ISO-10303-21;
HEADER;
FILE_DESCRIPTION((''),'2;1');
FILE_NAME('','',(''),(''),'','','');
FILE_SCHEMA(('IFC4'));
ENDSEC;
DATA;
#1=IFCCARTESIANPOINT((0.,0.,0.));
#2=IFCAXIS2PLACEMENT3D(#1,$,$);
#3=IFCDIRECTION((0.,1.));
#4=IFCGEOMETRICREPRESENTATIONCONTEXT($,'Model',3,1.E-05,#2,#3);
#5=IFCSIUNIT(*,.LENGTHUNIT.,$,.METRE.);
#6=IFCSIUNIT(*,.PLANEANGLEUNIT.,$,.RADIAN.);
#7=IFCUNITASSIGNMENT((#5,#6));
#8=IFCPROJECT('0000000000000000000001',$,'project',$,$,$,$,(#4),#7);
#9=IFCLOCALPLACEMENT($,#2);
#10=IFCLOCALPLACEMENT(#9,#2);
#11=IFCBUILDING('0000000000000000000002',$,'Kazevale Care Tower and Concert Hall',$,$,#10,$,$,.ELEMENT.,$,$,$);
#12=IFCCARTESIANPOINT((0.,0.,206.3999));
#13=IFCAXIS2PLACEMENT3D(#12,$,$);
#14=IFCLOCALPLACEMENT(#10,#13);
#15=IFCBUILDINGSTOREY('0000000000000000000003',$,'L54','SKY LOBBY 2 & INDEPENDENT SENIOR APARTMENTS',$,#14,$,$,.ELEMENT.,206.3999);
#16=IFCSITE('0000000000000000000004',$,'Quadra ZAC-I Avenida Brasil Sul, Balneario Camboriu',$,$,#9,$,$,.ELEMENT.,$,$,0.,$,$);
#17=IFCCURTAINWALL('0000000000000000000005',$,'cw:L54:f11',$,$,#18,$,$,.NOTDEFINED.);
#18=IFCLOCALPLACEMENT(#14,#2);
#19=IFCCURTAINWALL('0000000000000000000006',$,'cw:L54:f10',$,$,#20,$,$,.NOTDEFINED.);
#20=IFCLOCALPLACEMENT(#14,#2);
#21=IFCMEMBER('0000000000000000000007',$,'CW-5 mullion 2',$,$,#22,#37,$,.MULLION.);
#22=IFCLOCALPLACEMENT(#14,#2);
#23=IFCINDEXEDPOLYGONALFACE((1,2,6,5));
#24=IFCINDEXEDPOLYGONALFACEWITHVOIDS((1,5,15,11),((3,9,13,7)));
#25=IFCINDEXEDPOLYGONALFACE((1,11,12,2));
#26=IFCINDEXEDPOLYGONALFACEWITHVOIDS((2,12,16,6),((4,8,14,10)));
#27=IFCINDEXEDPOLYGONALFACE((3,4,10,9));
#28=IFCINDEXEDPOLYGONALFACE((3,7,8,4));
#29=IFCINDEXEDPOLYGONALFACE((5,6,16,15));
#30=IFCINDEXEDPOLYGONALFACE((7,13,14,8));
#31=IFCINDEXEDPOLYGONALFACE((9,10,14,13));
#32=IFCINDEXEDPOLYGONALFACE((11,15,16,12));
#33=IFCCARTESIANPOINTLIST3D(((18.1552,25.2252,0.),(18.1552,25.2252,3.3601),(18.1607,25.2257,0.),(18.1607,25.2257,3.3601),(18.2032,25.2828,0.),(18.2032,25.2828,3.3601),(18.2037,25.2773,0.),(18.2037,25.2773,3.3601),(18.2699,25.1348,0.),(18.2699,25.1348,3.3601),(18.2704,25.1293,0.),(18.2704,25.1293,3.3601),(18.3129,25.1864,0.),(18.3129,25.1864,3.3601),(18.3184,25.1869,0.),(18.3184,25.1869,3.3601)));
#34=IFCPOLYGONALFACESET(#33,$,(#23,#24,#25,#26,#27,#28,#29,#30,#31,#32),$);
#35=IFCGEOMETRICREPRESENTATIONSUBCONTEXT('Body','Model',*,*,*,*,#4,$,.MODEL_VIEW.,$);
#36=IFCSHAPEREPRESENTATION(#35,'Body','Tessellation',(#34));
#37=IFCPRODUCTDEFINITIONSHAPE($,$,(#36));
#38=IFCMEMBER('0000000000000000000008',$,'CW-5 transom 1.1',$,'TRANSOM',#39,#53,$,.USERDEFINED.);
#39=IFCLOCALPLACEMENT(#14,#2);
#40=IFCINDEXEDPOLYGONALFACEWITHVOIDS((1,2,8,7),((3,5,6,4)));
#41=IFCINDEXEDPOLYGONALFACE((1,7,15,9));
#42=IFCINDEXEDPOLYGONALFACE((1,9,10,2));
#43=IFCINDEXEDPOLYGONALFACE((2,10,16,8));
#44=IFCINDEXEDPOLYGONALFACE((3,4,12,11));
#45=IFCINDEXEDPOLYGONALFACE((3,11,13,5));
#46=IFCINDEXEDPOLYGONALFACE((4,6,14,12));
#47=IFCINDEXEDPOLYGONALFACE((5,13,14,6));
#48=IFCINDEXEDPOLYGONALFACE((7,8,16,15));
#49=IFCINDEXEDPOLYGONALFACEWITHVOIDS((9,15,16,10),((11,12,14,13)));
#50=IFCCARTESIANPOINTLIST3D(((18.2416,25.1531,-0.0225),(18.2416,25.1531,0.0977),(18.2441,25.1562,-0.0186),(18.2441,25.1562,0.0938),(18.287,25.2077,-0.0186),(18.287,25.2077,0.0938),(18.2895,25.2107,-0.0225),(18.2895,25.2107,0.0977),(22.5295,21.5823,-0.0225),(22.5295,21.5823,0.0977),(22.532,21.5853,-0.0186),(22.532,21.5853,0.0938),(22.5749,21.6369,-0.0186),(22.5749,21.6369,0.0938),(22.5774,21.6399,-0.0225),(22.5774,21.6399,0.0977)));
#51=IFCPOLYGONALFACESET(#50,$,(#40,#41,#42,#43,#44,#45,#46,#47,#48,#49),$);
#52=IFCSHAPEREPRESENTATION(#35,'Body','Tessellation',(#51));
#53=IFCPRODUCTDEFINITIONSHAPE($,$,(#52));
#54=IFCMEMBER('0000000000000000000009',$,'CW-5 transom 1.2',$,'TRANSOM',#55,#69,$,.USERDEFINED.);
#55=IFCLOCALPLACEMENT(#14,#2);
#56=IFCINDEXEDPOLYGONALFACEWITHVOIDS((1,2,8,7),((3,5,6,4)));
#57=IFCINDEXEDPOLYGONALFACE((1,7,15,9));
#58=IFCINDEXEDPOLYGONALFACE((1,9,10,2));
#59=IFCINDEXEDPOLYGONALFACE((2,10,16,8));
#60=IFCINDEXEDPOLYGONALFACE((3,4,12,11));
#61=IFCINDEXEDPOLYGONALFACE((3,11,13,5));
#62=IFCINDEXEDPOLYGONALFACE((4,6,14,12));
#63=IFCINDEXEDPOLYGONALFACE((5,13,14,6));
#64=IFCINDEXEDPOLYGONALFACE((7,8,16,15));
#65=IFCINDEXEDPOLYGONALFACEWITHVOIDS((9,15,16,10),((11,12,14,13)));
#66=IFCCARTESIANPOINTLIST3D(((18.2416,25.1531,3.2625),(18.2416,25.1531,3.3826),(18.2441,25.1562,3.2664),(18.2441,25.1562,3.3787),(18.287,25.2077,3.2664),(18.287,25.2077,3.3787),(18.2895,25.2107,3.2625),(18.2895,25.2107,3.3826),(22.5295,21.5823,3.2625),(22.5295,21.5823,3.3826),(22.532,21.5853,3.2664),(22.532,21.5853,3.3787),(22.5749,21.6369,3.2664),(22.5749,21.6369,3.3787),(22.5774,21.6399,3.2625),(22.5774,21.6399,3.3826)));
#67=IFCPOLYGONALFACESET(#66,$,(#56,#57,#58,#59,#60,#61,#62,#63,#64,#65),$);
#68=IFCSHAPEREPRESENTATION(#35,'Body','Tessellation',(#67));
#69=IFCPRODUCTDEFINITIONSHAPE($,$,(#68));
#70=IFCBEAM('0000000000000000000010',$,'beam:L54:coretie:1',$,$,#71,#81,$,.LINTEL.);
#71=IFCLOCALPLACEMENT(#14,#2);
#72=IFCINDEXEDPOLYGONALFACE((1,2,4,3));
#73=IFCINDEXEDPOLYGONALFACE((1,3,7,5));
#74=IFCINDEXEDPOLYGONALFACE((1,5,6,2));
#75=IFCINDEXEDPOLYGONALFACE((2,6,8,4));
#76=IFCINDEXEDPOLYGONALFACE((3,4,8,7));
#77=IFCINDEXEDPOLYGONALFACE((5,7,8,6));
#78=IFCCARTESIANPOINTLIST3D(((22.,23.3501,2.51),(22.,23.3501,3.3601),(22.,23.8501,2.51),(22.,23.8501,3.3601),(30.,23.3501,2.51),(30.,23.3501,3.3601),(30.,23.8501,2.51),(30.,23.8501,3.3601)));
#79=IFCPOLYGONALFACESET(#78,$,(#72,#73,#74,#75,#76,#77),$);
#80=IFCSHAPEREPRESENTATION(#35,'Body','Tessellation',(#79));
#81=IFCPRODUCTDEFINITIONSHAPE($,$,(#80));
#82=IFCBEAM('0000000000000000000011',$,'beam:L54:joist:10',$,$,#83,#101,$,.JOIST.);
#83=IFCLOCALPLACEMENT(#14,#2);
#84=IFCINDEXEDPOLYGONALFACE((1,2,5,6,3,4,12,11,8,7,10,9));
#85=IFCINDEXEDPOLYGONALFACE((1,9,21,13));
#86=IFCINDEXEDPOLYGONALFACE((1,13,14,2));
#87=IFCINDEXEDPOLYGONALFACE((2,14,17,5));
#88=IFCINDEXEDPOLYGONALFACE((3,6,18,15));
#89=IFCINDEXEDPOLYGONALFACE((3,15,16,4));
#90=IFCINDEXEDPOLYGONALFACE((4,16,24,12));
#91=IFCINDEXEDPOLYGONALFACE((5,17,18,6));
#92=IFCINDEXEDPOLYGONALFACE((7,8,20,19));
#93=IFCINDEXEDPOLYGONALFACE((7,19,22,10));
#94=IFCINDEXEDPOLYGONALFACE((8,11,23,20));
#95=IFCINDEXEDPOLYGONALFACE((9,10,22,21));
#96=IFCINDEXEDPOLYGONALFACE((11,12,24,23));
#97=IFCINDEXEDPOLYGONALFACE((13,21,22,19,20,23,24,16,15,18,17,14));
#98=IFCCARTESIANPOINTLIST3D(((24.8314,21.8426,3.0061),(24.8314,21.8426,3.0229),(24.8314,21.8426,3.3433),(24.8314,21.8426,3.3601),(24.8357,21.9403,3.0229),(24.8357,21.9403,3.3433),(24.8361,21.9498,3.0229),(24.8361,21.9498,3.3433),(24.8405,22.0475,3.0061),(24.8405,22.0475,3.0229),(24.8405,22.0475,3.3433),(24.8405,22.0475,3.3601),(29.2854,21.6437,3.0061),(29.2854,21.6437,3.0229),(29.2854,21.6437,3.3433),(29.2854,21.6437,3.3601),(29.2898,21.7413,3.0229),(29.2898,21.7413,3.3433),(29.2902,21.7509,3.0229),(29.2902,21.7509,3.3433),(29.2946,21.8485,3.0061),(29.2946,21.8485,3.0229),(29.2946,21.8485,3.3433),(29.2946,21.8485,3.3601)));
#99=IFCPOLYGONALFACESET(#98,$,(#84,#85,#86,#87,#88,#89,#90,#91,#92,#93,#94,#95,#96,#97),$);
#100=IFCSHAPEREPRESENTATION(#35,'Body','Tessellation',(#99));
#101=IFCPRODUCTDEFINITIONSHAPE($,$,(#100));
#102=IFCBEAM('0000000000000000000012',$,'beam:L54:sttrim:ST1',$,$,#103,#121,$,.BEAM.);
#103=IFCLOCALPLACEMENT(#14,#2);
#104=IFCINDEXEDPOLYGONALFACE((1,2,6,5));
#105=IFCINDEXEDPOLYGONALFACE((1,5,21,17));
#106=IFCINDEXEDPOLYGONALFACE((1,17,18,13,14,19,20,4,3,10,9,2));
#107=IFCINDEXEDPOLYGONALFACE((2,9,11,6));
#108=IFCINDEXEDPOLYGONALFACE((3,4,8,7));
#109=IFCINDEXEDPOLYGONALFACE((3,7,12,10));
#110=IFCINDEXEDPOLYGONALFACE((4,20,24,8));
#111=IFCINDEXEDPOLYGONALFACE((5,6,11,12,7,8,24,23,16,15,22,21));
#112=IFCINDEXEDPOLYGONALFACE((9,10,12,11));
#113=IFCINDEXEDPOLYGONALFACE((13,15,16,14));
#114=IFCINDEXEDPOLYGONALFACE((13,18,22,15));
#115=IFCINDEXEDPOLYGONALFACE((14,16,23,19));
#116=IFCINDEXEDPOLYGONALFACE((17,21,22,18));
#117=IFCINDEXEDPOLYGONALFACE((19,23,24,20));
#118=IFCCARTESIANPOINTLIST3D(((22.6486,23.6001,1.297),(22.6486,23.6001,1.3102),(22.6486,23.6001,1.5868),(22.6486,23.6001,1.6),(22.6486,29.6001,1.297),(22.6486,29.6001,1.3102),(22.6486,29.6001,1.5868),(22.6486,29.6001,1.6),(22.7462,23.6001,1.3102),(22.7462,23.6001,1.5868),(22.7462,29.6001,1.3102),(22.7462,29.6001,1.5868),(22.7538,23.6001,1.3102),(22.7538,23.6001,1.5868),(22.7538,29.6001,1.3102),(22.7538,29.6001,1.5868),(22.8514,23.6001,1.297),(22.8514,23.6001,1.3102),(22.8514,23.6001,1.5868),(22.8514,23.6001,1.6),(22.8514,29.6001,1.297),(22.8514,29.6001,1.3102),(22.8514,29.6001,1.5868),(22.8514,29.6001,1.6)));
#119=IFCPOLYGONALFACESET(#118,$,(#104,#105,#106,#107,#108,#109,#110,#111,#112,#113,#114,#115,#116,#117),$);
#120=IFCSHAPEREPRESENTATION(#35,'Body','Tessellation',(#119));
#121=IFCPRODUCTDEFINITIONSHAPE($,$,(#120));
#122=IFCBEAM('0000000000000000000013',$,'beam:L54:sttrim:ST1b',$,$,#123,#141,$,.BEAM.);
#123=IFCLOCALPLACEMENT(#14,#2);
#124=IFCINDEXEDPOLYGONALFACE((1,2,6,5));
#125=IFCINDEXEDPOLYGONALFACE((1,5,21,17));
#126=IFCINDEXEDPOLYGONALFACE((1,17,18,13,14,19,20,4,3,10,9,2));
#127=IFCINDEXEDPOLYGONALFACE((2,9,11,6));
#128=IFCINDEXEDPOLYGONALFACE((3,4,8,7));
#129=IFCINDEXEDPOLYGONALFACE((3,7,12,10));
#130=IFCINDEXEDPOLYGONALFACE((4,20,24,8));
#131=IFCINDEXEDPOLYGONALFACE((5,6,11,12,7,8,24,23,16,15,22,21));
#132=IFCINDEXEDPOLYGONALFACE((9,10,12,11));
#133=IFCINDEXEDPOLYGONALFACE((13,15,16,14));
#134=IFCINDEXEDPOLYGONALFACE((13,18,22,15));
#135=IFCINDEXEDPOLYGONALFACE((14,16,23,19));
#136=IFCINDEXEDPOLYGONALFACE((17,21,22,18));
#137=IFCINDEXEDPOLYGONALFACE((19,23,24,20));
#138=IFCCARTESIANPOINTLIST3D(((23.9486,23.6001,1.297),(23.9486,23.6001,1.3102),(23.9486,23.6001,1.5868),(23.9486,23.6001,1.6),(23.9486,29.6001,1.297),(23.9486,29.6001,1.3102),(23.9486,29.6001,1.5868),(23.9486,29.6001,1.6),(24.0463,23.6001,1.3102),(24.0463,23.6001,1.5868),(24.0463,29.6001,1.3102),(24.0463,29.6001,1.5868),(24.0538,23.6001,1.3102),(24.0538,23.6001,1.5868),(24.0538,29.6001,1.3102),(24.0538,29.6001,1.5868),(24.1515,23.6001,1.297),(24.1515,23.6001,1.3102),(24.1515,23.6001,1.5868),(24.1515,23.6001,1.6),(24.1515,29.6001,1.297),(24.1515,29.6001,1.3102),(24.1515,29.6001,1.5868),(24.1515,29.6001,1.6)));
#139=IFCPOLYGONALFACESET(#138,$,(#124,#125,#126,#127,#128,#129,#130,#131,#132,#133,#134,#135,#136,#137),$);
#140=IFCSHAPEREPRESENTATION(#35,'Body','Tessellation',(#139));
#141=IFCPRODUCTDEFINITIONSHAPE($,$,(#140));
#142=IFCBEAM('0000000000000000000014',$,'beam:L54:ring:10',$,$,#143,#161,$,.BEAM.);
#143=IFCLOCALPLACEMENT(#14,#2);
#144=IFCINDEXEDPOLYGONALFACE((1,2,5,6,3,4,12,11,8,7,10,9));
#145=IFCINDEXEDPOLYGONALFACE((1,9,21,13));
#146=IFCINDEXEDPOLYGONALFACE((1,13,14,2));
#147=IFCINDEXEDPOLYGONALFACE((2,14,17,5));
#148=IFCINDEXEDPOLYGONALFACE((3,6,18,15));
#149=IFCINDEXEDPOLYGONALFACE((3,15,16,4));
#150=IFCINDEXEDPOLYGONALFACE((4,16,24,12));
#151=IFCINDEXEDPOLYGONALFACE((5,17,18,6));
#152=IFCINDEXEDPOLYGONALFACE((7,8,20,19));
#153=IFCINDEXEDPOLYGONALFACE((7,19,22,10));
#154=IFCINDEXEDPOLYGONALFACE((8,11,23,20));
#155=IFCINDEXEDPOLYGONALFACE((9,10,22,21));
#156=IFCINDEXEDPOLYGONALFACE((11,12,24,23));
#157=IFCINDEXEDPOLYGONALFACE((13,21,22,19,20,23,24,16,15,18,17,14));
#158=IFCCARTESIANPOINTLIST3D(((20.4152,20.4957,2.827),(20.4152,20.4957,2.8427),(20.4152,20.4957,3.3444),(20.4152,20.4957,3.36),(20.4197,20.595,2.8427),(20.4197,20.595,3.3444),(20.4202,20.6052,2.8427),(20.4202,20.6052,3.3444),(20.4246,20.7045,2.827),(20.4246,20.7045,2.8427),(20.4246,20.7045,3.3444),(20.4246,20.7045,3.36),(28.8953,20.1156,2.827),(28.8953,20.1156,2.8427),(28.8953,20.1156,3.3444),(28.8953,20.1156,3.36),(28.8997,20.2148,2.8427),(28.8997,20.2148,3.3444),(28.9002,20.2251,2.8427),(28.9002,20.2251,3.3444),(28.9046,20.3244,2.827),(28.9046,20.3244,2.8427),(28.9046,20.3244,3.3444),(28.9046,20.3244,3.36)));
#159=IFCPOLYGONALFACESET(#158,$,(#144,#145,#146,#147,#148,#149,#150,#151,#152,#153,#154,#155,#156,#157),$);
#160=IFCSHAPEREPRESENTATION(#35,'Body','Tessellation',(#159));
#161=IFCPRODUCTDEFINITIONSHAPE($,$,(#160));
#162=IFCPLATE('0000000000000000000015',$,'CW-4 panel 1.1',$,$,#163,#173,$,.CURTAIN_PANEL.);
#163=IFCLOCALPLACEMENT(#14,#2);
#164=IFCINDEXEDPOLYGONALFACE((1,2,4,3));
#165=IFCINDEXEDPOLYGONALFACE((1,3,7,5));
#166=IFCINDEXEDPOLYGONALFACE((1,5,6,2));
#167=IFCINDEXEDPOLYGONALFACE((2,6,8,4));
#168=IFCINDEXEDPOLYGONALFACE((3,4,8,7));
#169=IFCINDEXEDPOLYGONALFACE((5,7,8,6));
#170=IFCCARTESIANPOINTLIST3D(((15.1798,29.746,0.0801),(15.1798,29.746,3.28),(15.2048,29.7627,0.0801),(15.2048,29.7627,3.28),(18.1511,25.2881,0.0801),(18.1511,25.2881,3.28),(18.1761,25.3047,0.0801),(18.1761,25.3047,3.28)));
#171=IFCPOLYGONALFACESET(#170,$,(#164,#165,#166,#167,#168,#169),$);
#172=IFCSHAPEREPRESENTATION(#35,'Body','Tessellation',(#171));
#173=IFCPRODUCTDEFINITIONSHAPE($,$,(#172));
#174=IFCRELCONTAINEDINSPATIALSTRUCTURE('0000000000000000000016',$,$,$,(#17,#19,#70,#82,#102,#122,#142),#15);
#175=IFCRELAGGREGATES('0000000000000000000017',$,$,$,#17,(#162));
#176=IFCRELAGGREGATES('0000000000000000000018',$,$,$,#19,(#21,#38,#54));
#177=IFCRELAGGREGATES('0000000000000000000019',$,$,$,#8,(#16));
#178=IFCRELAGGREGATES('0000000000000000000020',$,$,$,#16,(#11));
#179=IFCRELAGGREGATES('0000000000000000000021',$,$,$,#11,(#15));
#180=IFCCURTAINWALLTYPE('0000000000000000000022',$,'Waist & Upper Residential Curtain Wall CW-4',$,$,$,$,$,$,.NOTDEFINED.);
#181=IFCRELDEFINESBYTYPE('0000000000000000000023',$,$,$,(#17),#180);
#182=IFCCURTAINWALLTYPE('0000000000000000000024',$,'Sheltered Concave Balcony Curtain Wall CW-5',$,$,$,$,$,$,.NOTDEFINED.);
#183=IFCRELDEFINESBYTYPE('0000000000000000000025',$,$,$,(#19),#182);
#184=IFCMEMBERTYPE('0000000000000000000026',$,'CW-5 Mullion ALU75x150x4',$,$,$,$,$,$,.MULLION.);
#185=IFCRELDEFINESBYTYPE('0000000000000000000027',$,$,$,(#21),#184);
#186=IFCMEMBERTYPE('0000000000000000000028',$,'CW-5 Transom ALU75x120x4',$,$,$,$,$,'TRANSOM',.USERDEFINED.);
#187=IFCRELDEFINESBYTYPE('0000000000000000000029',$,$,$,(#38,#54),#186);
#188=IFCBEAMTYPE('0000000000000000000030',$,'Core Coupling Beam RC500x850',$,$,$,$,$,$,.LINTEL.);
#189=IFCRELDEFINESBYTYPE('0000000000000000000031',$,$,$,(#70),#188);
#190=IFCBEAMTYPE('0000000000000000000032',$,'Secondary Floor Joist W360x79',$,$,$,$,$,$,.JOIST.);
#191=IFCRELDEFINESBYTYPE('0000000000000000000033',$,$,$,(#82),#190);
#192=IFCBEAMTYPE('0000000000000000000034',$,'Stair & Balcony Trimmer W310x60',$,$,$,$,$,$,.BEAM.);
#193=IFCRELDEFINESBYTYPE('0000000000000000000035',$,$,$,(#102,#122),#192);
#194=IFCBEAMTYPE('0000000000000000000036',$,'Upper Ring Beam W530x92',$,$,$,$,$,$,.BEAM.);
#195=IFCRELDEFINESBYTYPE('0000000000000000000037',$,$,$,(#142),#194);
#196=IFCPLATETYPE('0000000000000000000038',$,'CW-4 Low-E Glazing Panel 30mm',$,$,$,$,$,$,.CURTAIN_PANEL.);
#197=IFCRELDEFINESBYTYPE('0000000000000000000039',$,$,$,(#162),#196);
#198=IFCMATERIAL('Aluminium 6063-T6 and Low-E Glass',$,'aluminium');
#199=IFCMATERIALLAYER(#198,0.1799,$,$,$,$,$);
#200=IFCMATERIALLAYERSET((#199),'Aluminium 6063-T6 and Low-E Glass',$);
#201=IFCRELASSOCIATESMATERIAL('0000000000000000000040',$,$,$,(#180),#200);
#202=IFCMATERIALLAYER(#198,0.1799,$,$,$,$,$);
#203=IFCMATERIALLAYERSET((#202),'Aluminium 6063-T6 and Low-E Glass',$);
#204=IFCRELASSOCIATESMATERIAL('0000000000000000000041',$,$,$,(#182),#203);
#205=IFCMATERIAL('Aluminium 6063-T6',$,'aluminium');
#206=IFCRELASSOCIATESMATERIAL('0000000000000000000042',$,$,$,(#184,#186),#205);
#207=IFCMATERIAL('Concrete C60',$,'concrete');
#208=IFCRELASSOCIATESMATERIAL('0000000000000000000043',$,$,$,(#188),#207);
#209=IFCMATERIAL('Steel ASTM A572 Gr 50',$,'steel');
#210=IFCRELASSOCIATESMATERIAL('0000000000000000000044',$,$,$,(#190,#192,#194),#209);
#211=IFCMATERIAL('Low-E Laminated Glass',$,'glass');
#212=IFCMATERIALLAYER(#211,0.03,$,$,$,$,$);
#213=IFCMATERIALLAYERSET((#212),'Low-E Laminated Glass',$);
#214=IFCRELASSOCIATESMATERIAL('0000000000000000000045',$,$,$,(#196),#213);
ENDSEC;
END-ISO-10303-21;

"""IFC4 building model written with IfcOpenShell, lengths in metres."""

from ifc_helpers import new_model, si_unit, direction, frame, origin, origin_2d, place, context, subcontext, project, spatial, rectangle, hollow_rectangle, i_section, extrude, material, layer, layer_set, material_profile, profile_set, type_object, element, aggregate, save


model = new_model("IFC4")

# Units and contexts
model_context = context("Model", 3, precision=1e-05, world=origin(), true_north=direction((0.0, 1.0)))
body_context = subcontext(model_context, "Body", "Model", "MODEL_VIEW")
ifc_project = project(units=[si_unit("LENGTHUNIT", "METRE"), si_unit("PLANEANGLEUNIT", "RADIAN")], contexts=[model_context])

# Site, building, storey
site_placement = place(None, origin())
site = spatial("IfcSite", under=ifc_project, at=site_placement, Name="Quadra ZAC-I Avenida Brasil Sul, Balneario Camboriu", CompositionType="ELEMENT", RefElevation=0.0)
building_placement = place(site_placement, origin())
building = spatial("IfcBuilding", under=site, at=building_placement, Name="Kazevale Care Tower and Concert Hall", CompositionType="ELEMENT")
storey_placement = place(building_placement, frame((0.0, 0.0, 206.3999)))
storey = spatial("IfcBuildingStorey", under=building, at=storey_placement, Name="L54", Description="SKY LOBBY 2 & INDEPENDENT SENIOR APARTMENTS", CompositionType="ELEMENT", Elevation=206.3999)

# Curtain wall
ifc_material_1 = material(Name="Aluminium 6063-T6 and Low-E Glass", Category="aluminium")
ifc_layer_1 = layer(ifc_material_1, 0.1799)
ifc_layer_set_1 = layer_set([ifc_layer_1], Name="Aluminium 6063-T6 and Low-E Glass")
curtain_wall_type_1 = type_object("IfcCurtainWallType", Name="Waist & Upper Residential Curtain Wall CW-4", PredefinedType="NOTDEFINED", material=ifc_layer_set_1)
curtain_wall_1_placement = place(storey_placement, origin())
curtain_wall_1 = element("IfcCurtainWall", 1, at=curtain_wall_1_placement, inside=storey, type_object=curtain_wall_type_1, Name="cw:L54:f11", PredefinedType="NOTDEFINED")
ifc_material_2 = material(Name="Aluminium 6063-T6", Category="aluminium")

# Shared definitions
ifc_layer_2 = layer(ifc_material_1, 0.1799)
ifc_layer_set_2 = layer_set([ifc_layer_2], Name="Aluminium 6063-T6 and Low-E Glass")
curtain_wall_type_2 = type_object("IfcCurtainWallType", Name="Sheltered Concave Balcony Curtain Wall CW-5", PredefinedType="NOTDEFINED", material=ifc_layer_set_2)
ifc_material_profile_1 = material_profile(ifc_material_2, hollow_rectangle(XDim=0.075, YDim=0.1499, WallThickness=0.0039, at=origin_2d()), Name="ALU75x150x4")
ifc_profile_set_1 = profile_set([ifc_material_profile_1], Name="Aluminium 6063-T6")
member_type_1 = type_object("IfcMemberType", Name="CW-5 Mullion ALU75x150x4", PredefinedType="MULLION", material=ifc_profile_set_1)

# Curtain wall, members
curtain_wall_2_placement = place(storey_placement, origin())
curtain_wall_2 = element("IfcCurtainWall", 2, at=curtain_wall_2_placement, inside=storey, type_object=curtain_wall_type_2, Name="cw:L54:f10", PredefinedType="NOTDEFINED")
member_1_placement = place(storey_placement, frame((18.2368, 25.2061, 0.0), z_axis=(0.0, 0.0, 1.0), x_axis=(-0.639961, -0.768407, 0.0)))
member_1 = element("IfcMember", 3, at=member_1_placement, type_object=member_type_1, Name="CW-5 mullion 2", PredefinedType="MULLION", context=body_context, shape_type="SweptSolid", body=[
    extrude(hollow_rectangle(XDim=0.075, YDim=0.1499, WallThickness=0.0039, at=origin_2d()), origin(), (0.0, 0.0, 1.0), 3.3601),
])
ifc_material_profile_2 = material_profile(ifc_material_2, hollow_rectangle(XDim=0.075, YDim=0.1201, WallThickness=0.0039, at=origin_2d()), Name="ALU75x120x4")
ifc_profile_set_2 = profile_set([ifc_material_profile_2], Name="Aluminium 6063-T6")
member_type_2 = type_object("IfcMemberType", Name="CW-5 Transom ALU75x120x4", ElementType="TRANSOM", PredefinedType="USERDEFINED", material=ifc_profile_set_2)
member_2_placement = place(storey_placement, frame((22.5535, 21.6111, 0.0376), z_axis=(-0.768433, 0.63993, 0.0), x_axis=(-0.63993, -0.768433, 0.0)))
member_2 = element("IfcMember", 4, at=member_2_placement, type_object=member_type_2, Name="CW-5 transom 1.1", ObjectType="TRANSOM", PredefinedType="USERDEFINED", context=body_context, shape_type="SweptSolid", body=[
    extrude(hollow_rectangle(XDim=0.075, YDim=0.1201, WallThickness=0.0039, at=origin_2d()), origin(), (0.0, 0.0, 1.0), 5.5801),
])
member_3_placement = place(storey_placement, frame((22.5535, 21.6111, 3.3225), z_axis=(-0.768433, 0.63993, 0.0), x_axis=(-0.63993, -0.768433, 0.0)))
member_3 = element("IfcMember", 5, at=member_3_placement, type_object=member_type_2, Name="CW-5 transom 1.2", ObjectType="TRANSOM", PredefinedType="USERDEFINED", context=body_context, shape_type="SweptSolid", body=[
    extrude(hollow_rectangle(XDim=0.075, YDim=0.1201, WallThickness=0.0039, at=origin_2d()), origin(), (0.0, 0.0, 1.0), 5.5801),
])

# Beams
ifc_material_3 = material(Name="Concrete C60", Category="concrete")
ifc_material_profile_3 = material_profile(ifc_material_3, rectangle(XDim=0.5, YDim=0.8501, at=origin_2d()), Name="RC-B500x850")
ifc_profile_set_3 = profile_set([ifc_material_profile_3], Name="Concrete C60")
beam_type_1 = type_object("IfcBeamType", Name="Core Coupling Beam RC500x850", PredefinedType="LINTEL", material=ifc_profile_set_3)
beam_1_placement = place(storey_placement, frame((22.0, 23.6001, 2.9351), z_axis=(1.0, 0.0, 0.0), x_axis=(0.0, 1.0, 0.0)))
element("IfcBeam", 6, at=beam_1_placement, inside=storey, type_object=beam_type_1, Name="beam:L54:coretie:1", PredefinedType="LINTEL", context=body_context, shape_type="SweptSolid", body=[
    extrude(rectangle(XDim=0.5, YDim=0.8501, at=origin_2d()), origin(), (0.0, 0.0, 1.0), 8.0),
])
ifc_material_4 = material(Name="Steel ASTM A572 Gr 50", Category="steel")
ifc_material_profile_4 = material_profile(ifc_material_4, i_section(OverallWidth=0.2051, OverallDepth=0.354, WebThickness=0.0095, FlangeThickness=0.0168, at=origin_2d()), Name="W360x79")
ifc_profile_set_4 = profile_set([ifc_material_profile_4], Name="Steel ASTM A572 Gr 50")
beam_type_2 = type_object("IfcBeamType", Name="Secondary Floor Joist W360x79", PredefinedType="JOIST", material=ifc_profile_set_4)
beam_2_placement = place(storey_placement, frame((24.8359, 21.9451, 3.1831), z_axis=(0.999004, -0.044628, 0.0), x_axis=(0.044628, 0.999004, 0.0)))
element("IfcBeam", 7, at=beam_2_placement, inside=storey, type_object=beam_type_2, Name="beam:L54:joist:10", PredefinedType="JOIST", context=body_context, shape_type="SweptSolid", body=[
    extrude(i_section(OverallWidth=0.2051, OverallDepth=0.354, WebThickness=0.0095, FlangeThickness=0.0168, at=origin_2d()), origin(), (0.0, 0.0, 1.0), 4.4585),
])
ifc_material_profile_5 = material_profile(ifc_material_4, i_section(OverallWidth=0.2029, OverallDepth=0.303, WebThickness=0.0076, FlangeThickness=0.0132, at=origin_2d()), Name="W310x60")
ifc_profile_set_5 = profile_set([ifc_material_profile_5], Name="Steel ASTM A572 Gr 50")
beam_type_3 = type_object("IfcBeamType", Name="Stair & Balcony Trimmer W310x60", PredefinedType="BEAM", material=ifc_profile_set_5)
for number, where, z_axis, x_axis, name in (
    (8, (22.75, 23.6001, 1.4485), (0.0, 1.0, 0.0), (-1.0, 0.0, 0.0), "beam:L54:sttrim:ST1"),
    (9, (24.05, 23.6001, 1.4485), (0.0, 1.0, 0.0), (-1.0, 0.0, 0.0), "beam:L54:sttrim:ST1b"),
):
    element("IfcBeam", number, at=place(storey_placement, frame(where, z_axis=z_axis, x_axis=x_axis)), inside=storey, type_object=beam_type_3, Name=name, PredefinedType="BEAM", context=body_context, shape_type="SweptSolid", body=[
        extrude(i_section(OverallWidth=0.2029, OverallDepth=0.303, WebThickness=0.0076, FlangeThickness=0.0132, at=origin_2d()), origin(), (0.0, 0.0, 1.0), 6.0),
    ])
ifc_material_profile_6 = material_profile(ifc_material_4, i_section(OverallWidth=0.209, OverallDepth=0.533, WebThickness=0.0103, FlangeThickness=0.0156, at=origin_2d()), Name="W530x92")
ifc_profile_set_6 = profile_set([ifc_material_profile_6], Name="Steel ASTM A572 Gr 50")
beam_type_4 = type_object("IfcBeamType", Name="Upper Ring Beam W530x92", PredefinedType="BEAM", material=ifc_profile_set_6)
beam_3_placement = place(storey_placement, frame((20.4199, 20.6001, 3.0935), z_axis=(0.998997, -0.044781, 0.0), x_axis=(0.044781, 0.998997, 0.0)))
element("IfcBeam", 10, at=beam_3_placement, inside=storey, type_object=beam_type_4, Name="beam:L54:ring:10", PredefinedType="BEAM", context=body_context, shape_type="SweptSolid", body=[
    extrude(i_section(OverallWidth=0.209, OverallDepth=0.533, WebThickness=0.0103, FlangeThickness=0.0156, at=origin_2d()), origin(), (0.0, 0.0, 1.0), 8.4885),
])

# Plate
ifc_material_5 = material(Name="Low-E Laminated Glass", Category="glass")
ifc_layer_3 = layer(ifc_material_5, 0.03)
ifc_layer_set_3 = layer_set([ifc_layer_3], Name="Low-E Laminated Glass")
plate_type_1 = type_object("IfcPlateType", Name="CW-4 Low-E Glazing Panel 30mm", PredefinedType="CURTAIN_PANEL", material=ifc_layer_set_3)
plate_1_placement = place(storey_placement, frame((16.678, 27.5254, 0.0801), z_axis=(0.0, 0.0, 1.0), x_axis=(-0.554617, 0.832106, 0.0)))
plate_1 = element("IfcPlate", 11, at=plate_1_placement, type_object=plate_type_1, Name="CW-4 panel 1.1", PredefinedType="CURTAIN_PANEL", context=body_context, shape_type="SweptSolid", body=[
    extrude(rectangle(XDim=5.3574, YDim=0.03, at=origin_2d()), origin(), (0.0, 0.0, 1.0), 3.2),
])
aggregate(curtain_wall_1, [plate_1])
aggregate(curtain_wall_2, [member_1, member_2, member_3])

save(model, "model.ifc")
